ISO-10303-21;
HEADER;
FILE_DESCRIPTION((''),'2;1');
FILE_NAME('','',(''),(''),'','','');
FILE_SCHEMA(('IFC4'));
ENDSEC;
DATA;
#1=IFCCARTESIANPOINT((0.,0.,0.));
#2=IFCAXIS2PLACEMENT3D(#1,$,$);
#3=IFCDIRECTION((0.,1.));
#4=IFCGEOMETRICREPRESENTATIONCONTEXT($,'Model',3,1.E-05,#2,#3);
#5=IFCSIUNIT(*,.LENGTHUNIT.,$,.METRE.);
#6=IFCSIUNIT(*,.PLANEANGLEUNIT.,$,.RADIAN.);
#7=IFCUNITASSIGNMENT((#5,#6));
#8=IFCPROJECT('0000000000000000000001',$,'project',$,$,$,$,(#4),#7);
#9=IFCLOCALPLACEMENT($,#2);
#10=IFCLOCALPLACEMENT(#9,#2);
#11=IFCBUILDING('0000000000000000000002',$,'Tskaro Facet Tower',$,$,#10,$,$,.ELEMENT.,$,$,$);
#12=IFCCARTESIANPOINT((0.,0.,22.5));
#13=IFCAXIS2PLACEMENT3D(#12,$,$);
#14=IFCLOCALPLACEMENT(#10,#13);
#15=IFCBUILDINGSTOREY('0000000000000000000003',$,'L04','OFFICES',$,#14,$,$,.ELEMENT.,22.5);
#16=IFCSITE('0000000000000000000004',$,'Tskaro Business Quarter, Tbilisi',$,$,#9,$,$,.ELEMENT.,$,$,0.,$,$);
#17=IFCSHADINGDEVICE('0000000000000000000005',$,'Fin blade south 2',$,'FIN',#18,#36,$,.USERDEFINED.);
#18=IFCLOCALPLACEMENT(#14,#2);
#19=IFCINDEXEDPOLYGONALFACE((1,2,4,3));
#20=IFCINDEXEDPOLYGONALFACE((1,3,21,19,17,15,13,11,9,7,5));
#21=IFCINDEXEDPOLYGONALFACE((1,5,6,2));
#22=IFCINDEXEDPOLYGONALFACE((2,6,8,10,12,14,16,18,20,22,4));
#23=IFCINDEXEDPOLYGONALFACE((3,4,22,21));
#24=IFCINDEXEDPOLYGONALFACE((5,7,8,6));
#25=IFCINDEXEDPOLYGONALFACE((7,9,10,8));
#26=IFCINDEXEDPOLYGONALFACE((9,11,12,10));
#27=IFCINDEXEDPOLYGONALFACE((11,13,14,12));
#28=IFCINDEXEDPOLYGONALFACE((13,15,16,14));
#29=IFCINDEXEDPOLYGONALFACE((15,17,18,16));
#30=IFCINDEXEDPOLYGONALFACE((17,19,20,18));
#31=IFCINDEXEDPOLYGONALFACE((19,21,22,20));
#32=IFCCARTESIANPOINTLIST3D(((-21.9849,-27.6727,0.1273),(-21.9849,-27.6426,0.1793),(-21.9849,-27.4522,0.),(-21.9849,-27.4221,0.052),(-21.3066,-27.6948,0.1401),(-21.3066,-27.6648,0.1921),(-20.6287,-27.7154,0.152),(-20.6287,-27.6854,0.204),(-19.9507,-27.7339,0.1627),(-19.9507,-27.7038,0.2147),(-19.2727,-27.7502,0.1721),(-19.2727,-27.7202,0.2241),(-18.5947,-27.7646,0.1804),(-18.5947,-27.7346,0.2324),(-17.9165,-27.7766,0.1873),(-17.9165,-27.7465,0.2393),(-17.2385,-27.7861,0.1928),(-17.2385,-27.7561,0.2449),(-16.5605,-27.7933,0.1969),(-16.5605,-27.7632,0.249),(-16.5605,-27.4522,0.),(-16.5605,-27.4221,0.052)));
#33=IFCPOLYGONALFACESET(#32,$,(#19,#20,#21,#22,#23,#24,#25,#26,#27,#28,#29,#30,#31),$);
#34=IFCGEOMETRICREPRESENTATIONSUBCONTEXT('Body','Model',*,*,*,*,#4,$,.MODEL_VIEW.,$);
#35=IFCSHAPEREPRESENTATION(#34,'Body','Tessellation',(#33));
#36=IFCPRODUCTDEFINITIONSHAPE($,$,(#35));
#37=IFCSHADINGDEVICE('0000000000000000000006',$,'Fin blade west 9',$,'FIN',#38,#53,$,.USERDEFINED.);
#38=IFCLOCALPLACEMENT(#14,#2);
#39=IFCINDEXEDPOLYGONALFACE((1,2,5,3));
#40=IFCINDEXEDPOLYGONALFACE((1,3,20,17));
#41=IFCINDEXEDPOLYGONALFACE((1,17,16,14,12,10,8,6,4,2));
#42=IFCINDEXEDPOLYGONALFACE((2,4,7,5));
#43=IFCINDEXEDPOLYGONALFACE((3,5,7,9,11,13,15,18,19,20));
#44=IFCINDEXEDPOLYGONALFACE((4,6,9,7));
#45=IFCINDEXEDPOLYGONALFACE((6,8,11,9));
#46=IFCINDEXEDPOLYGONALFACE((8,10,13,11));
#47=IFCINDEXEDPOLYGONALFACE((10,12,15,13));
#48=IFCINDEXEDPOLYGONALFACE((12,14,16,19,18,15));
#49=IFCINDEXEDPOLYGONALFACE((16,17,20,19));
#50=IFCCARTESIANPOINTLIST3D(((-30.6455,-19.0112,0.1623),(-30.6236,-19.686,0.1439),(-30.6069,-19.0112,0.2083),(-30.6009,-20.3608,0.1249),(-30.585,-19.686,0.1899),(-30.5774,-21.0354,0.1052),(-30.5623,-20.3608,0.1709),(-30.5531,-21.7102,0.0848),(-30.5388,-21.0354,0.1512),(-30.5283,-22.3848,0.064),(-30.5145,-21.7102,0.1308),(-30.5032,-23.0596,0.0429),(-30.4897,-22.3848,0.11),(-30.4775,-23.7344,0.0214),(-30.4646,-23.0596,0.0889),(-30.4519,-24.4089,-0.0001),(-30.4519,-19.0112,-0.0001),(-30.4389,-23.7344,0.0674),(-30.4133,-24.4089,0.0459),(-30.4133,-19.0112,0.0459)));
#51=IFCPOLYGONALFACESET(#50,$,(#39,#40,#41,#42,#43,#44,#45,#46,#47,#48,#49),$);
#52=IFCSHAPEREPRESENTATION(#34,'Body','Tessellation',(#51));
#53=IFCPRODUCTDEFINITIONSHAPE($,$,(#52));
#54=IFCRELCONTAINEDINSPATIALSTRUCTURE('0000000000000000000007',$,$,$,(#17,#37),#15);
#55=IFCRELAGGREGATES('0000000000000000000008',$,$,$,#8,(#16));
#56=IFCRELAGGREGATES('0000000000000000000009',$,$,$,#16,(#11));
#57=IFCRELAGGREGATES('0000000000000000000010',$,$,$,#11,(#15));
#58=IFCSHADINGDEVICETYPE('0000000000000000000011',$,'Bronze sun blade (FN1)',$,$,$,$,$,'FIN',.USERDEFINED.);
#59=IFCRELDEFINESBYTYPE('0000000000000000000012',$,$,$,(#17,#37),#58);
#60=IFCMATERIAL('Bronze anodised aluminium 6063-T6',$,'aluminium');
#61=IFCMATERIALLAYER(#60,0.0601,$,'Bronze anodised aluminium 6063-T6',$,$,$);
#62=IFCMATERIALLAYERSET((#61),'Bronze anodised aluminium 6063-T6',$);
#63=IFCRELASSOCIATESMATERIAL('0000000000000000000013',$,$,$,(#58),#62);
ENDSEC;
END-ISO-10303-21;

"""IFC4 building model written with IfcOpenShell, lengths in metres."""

from ifc_helpers import new_model, si_unit, direction, frame, origin, place, context, subcontext, project, spatial, polyline, outline, extrude, material, layer, layer_set, type_object, element, save


model = new_model("IFC4")

# Units and contexts
model_context = context("Model", 3, precision=1e-05, world=origin(), true_north=direction((0.0, 1.0)))
body_context = subcontext(model_context, "Body", "Model", "MODEL_VIEW")
ifc_project = project(units=[si_unit("LENGTHUNIT", "METRE"), si_unit("PLANEANGLEUNIT", "RADIAN")], contexts=[model_context])

# Site, building, storey
site_placement = place(None, origin())
site = spatial("IfcSite", under=ifc_project, at=site_placement, Name="Tskaro Business Quarter, Tbilisi", CompositionType="ELEMENT", RefElevation=0.0)
building_placement = place(site_placement, origin())
building = spatial("IfcBuilding", under=site, at=building_placement, Name="Tskaro Facet Tower", CompositionType="ELEMENT")
storey_placement = place(building_placement, frame((0.0, 0.0, 22.5)))
storey = spatial("IfcBuildingStorey", under=building, at=storey_placement, Name="L04", Description="OFFICES", CompositionType="ELEMENT", Elevation=22.5)

# Shared definitions
ifc_material_1 = material(Name="Bronze anodised aluminium 6063-T6", Category="aluminium")

# Shading devices
ifc_layer_1 = layer(ifc_material_1, 0.0601, Name="Bronze anodised aluminium 6063-T6")
ifc_layer_set_1 = layer_set([ifc_layer_1], Name="Bronze anodised aluminium 6063-T6")
shading_device_type = type_object("IfcShadingDeviceType", Name="Bronze sun blade (FN1)", ElementType="FIN", PredefinedType="USERDEFINED", material=ifc_layer_set_1)
shading_device_1_placement = place(storey_placement, frame((-21.9849, -27.4221, 0.052), z_axis=(0.000002, 0.500064, 0.865988), x_axis=(1.0, -0.000001, -0.000002)))
element("IfcShadingDevice", 1, at=shading_device_1_placement, inside=storey, type_object=shading_device_type, Name="Fin blade south 2", ObjectType="FIN", PredefinedType="USERDEFINED", context=body_context, shape_type="SweptSolid", body=[
    extrude(outline(polyline([(0.0, 0.0), (5.4243, 0.0), (5.4243, -0.3939), (4.7463, -0.3857), (4.0684, -0.3746), (3.3901, -0.3608), (2.7122, -0.3442), (2.0342, -0.3253), (1.3562, -0.304), (0.6782, -0.2802), (0.0, -0.2546), (0.0, 0.0)])), origin(), (0.0, 0.0, -1.0), 0.0601),
])
shading_device_2_placement = place(storey_placement, frame((-30.4133, -19.0112, 0.0459), z_axis=(0.642708, 0.000009, 0.766111), x_axis=(0.000006, -1.0, 0.000007)))
element("IfcShadingDevice", 2, at=shading_device_2_placement, inside=storey, type_object=shading_device_type, Name="Fin blade west 9", ObjectType="FIN", PredefinedType="USERDEFINED", context=body_context, shape_type="SweptSolid", body=[
    extrude(outline(polyline([(0.0, 0.0), (5.3977, 0.0), (4.7231, -0.0334), (4.0483, -0.0669), (3.3735, -0.0997), (2.699, -0.132), (2.0242, -0.1638), (1.3496, -0.1944), (0.6748, -0.2241), (0.0, -0.2527), (0.0, 0.0)])), origin(), (0.0, 0.0, -1.0), 0.0601),
])

save(model, "model.ifc")
